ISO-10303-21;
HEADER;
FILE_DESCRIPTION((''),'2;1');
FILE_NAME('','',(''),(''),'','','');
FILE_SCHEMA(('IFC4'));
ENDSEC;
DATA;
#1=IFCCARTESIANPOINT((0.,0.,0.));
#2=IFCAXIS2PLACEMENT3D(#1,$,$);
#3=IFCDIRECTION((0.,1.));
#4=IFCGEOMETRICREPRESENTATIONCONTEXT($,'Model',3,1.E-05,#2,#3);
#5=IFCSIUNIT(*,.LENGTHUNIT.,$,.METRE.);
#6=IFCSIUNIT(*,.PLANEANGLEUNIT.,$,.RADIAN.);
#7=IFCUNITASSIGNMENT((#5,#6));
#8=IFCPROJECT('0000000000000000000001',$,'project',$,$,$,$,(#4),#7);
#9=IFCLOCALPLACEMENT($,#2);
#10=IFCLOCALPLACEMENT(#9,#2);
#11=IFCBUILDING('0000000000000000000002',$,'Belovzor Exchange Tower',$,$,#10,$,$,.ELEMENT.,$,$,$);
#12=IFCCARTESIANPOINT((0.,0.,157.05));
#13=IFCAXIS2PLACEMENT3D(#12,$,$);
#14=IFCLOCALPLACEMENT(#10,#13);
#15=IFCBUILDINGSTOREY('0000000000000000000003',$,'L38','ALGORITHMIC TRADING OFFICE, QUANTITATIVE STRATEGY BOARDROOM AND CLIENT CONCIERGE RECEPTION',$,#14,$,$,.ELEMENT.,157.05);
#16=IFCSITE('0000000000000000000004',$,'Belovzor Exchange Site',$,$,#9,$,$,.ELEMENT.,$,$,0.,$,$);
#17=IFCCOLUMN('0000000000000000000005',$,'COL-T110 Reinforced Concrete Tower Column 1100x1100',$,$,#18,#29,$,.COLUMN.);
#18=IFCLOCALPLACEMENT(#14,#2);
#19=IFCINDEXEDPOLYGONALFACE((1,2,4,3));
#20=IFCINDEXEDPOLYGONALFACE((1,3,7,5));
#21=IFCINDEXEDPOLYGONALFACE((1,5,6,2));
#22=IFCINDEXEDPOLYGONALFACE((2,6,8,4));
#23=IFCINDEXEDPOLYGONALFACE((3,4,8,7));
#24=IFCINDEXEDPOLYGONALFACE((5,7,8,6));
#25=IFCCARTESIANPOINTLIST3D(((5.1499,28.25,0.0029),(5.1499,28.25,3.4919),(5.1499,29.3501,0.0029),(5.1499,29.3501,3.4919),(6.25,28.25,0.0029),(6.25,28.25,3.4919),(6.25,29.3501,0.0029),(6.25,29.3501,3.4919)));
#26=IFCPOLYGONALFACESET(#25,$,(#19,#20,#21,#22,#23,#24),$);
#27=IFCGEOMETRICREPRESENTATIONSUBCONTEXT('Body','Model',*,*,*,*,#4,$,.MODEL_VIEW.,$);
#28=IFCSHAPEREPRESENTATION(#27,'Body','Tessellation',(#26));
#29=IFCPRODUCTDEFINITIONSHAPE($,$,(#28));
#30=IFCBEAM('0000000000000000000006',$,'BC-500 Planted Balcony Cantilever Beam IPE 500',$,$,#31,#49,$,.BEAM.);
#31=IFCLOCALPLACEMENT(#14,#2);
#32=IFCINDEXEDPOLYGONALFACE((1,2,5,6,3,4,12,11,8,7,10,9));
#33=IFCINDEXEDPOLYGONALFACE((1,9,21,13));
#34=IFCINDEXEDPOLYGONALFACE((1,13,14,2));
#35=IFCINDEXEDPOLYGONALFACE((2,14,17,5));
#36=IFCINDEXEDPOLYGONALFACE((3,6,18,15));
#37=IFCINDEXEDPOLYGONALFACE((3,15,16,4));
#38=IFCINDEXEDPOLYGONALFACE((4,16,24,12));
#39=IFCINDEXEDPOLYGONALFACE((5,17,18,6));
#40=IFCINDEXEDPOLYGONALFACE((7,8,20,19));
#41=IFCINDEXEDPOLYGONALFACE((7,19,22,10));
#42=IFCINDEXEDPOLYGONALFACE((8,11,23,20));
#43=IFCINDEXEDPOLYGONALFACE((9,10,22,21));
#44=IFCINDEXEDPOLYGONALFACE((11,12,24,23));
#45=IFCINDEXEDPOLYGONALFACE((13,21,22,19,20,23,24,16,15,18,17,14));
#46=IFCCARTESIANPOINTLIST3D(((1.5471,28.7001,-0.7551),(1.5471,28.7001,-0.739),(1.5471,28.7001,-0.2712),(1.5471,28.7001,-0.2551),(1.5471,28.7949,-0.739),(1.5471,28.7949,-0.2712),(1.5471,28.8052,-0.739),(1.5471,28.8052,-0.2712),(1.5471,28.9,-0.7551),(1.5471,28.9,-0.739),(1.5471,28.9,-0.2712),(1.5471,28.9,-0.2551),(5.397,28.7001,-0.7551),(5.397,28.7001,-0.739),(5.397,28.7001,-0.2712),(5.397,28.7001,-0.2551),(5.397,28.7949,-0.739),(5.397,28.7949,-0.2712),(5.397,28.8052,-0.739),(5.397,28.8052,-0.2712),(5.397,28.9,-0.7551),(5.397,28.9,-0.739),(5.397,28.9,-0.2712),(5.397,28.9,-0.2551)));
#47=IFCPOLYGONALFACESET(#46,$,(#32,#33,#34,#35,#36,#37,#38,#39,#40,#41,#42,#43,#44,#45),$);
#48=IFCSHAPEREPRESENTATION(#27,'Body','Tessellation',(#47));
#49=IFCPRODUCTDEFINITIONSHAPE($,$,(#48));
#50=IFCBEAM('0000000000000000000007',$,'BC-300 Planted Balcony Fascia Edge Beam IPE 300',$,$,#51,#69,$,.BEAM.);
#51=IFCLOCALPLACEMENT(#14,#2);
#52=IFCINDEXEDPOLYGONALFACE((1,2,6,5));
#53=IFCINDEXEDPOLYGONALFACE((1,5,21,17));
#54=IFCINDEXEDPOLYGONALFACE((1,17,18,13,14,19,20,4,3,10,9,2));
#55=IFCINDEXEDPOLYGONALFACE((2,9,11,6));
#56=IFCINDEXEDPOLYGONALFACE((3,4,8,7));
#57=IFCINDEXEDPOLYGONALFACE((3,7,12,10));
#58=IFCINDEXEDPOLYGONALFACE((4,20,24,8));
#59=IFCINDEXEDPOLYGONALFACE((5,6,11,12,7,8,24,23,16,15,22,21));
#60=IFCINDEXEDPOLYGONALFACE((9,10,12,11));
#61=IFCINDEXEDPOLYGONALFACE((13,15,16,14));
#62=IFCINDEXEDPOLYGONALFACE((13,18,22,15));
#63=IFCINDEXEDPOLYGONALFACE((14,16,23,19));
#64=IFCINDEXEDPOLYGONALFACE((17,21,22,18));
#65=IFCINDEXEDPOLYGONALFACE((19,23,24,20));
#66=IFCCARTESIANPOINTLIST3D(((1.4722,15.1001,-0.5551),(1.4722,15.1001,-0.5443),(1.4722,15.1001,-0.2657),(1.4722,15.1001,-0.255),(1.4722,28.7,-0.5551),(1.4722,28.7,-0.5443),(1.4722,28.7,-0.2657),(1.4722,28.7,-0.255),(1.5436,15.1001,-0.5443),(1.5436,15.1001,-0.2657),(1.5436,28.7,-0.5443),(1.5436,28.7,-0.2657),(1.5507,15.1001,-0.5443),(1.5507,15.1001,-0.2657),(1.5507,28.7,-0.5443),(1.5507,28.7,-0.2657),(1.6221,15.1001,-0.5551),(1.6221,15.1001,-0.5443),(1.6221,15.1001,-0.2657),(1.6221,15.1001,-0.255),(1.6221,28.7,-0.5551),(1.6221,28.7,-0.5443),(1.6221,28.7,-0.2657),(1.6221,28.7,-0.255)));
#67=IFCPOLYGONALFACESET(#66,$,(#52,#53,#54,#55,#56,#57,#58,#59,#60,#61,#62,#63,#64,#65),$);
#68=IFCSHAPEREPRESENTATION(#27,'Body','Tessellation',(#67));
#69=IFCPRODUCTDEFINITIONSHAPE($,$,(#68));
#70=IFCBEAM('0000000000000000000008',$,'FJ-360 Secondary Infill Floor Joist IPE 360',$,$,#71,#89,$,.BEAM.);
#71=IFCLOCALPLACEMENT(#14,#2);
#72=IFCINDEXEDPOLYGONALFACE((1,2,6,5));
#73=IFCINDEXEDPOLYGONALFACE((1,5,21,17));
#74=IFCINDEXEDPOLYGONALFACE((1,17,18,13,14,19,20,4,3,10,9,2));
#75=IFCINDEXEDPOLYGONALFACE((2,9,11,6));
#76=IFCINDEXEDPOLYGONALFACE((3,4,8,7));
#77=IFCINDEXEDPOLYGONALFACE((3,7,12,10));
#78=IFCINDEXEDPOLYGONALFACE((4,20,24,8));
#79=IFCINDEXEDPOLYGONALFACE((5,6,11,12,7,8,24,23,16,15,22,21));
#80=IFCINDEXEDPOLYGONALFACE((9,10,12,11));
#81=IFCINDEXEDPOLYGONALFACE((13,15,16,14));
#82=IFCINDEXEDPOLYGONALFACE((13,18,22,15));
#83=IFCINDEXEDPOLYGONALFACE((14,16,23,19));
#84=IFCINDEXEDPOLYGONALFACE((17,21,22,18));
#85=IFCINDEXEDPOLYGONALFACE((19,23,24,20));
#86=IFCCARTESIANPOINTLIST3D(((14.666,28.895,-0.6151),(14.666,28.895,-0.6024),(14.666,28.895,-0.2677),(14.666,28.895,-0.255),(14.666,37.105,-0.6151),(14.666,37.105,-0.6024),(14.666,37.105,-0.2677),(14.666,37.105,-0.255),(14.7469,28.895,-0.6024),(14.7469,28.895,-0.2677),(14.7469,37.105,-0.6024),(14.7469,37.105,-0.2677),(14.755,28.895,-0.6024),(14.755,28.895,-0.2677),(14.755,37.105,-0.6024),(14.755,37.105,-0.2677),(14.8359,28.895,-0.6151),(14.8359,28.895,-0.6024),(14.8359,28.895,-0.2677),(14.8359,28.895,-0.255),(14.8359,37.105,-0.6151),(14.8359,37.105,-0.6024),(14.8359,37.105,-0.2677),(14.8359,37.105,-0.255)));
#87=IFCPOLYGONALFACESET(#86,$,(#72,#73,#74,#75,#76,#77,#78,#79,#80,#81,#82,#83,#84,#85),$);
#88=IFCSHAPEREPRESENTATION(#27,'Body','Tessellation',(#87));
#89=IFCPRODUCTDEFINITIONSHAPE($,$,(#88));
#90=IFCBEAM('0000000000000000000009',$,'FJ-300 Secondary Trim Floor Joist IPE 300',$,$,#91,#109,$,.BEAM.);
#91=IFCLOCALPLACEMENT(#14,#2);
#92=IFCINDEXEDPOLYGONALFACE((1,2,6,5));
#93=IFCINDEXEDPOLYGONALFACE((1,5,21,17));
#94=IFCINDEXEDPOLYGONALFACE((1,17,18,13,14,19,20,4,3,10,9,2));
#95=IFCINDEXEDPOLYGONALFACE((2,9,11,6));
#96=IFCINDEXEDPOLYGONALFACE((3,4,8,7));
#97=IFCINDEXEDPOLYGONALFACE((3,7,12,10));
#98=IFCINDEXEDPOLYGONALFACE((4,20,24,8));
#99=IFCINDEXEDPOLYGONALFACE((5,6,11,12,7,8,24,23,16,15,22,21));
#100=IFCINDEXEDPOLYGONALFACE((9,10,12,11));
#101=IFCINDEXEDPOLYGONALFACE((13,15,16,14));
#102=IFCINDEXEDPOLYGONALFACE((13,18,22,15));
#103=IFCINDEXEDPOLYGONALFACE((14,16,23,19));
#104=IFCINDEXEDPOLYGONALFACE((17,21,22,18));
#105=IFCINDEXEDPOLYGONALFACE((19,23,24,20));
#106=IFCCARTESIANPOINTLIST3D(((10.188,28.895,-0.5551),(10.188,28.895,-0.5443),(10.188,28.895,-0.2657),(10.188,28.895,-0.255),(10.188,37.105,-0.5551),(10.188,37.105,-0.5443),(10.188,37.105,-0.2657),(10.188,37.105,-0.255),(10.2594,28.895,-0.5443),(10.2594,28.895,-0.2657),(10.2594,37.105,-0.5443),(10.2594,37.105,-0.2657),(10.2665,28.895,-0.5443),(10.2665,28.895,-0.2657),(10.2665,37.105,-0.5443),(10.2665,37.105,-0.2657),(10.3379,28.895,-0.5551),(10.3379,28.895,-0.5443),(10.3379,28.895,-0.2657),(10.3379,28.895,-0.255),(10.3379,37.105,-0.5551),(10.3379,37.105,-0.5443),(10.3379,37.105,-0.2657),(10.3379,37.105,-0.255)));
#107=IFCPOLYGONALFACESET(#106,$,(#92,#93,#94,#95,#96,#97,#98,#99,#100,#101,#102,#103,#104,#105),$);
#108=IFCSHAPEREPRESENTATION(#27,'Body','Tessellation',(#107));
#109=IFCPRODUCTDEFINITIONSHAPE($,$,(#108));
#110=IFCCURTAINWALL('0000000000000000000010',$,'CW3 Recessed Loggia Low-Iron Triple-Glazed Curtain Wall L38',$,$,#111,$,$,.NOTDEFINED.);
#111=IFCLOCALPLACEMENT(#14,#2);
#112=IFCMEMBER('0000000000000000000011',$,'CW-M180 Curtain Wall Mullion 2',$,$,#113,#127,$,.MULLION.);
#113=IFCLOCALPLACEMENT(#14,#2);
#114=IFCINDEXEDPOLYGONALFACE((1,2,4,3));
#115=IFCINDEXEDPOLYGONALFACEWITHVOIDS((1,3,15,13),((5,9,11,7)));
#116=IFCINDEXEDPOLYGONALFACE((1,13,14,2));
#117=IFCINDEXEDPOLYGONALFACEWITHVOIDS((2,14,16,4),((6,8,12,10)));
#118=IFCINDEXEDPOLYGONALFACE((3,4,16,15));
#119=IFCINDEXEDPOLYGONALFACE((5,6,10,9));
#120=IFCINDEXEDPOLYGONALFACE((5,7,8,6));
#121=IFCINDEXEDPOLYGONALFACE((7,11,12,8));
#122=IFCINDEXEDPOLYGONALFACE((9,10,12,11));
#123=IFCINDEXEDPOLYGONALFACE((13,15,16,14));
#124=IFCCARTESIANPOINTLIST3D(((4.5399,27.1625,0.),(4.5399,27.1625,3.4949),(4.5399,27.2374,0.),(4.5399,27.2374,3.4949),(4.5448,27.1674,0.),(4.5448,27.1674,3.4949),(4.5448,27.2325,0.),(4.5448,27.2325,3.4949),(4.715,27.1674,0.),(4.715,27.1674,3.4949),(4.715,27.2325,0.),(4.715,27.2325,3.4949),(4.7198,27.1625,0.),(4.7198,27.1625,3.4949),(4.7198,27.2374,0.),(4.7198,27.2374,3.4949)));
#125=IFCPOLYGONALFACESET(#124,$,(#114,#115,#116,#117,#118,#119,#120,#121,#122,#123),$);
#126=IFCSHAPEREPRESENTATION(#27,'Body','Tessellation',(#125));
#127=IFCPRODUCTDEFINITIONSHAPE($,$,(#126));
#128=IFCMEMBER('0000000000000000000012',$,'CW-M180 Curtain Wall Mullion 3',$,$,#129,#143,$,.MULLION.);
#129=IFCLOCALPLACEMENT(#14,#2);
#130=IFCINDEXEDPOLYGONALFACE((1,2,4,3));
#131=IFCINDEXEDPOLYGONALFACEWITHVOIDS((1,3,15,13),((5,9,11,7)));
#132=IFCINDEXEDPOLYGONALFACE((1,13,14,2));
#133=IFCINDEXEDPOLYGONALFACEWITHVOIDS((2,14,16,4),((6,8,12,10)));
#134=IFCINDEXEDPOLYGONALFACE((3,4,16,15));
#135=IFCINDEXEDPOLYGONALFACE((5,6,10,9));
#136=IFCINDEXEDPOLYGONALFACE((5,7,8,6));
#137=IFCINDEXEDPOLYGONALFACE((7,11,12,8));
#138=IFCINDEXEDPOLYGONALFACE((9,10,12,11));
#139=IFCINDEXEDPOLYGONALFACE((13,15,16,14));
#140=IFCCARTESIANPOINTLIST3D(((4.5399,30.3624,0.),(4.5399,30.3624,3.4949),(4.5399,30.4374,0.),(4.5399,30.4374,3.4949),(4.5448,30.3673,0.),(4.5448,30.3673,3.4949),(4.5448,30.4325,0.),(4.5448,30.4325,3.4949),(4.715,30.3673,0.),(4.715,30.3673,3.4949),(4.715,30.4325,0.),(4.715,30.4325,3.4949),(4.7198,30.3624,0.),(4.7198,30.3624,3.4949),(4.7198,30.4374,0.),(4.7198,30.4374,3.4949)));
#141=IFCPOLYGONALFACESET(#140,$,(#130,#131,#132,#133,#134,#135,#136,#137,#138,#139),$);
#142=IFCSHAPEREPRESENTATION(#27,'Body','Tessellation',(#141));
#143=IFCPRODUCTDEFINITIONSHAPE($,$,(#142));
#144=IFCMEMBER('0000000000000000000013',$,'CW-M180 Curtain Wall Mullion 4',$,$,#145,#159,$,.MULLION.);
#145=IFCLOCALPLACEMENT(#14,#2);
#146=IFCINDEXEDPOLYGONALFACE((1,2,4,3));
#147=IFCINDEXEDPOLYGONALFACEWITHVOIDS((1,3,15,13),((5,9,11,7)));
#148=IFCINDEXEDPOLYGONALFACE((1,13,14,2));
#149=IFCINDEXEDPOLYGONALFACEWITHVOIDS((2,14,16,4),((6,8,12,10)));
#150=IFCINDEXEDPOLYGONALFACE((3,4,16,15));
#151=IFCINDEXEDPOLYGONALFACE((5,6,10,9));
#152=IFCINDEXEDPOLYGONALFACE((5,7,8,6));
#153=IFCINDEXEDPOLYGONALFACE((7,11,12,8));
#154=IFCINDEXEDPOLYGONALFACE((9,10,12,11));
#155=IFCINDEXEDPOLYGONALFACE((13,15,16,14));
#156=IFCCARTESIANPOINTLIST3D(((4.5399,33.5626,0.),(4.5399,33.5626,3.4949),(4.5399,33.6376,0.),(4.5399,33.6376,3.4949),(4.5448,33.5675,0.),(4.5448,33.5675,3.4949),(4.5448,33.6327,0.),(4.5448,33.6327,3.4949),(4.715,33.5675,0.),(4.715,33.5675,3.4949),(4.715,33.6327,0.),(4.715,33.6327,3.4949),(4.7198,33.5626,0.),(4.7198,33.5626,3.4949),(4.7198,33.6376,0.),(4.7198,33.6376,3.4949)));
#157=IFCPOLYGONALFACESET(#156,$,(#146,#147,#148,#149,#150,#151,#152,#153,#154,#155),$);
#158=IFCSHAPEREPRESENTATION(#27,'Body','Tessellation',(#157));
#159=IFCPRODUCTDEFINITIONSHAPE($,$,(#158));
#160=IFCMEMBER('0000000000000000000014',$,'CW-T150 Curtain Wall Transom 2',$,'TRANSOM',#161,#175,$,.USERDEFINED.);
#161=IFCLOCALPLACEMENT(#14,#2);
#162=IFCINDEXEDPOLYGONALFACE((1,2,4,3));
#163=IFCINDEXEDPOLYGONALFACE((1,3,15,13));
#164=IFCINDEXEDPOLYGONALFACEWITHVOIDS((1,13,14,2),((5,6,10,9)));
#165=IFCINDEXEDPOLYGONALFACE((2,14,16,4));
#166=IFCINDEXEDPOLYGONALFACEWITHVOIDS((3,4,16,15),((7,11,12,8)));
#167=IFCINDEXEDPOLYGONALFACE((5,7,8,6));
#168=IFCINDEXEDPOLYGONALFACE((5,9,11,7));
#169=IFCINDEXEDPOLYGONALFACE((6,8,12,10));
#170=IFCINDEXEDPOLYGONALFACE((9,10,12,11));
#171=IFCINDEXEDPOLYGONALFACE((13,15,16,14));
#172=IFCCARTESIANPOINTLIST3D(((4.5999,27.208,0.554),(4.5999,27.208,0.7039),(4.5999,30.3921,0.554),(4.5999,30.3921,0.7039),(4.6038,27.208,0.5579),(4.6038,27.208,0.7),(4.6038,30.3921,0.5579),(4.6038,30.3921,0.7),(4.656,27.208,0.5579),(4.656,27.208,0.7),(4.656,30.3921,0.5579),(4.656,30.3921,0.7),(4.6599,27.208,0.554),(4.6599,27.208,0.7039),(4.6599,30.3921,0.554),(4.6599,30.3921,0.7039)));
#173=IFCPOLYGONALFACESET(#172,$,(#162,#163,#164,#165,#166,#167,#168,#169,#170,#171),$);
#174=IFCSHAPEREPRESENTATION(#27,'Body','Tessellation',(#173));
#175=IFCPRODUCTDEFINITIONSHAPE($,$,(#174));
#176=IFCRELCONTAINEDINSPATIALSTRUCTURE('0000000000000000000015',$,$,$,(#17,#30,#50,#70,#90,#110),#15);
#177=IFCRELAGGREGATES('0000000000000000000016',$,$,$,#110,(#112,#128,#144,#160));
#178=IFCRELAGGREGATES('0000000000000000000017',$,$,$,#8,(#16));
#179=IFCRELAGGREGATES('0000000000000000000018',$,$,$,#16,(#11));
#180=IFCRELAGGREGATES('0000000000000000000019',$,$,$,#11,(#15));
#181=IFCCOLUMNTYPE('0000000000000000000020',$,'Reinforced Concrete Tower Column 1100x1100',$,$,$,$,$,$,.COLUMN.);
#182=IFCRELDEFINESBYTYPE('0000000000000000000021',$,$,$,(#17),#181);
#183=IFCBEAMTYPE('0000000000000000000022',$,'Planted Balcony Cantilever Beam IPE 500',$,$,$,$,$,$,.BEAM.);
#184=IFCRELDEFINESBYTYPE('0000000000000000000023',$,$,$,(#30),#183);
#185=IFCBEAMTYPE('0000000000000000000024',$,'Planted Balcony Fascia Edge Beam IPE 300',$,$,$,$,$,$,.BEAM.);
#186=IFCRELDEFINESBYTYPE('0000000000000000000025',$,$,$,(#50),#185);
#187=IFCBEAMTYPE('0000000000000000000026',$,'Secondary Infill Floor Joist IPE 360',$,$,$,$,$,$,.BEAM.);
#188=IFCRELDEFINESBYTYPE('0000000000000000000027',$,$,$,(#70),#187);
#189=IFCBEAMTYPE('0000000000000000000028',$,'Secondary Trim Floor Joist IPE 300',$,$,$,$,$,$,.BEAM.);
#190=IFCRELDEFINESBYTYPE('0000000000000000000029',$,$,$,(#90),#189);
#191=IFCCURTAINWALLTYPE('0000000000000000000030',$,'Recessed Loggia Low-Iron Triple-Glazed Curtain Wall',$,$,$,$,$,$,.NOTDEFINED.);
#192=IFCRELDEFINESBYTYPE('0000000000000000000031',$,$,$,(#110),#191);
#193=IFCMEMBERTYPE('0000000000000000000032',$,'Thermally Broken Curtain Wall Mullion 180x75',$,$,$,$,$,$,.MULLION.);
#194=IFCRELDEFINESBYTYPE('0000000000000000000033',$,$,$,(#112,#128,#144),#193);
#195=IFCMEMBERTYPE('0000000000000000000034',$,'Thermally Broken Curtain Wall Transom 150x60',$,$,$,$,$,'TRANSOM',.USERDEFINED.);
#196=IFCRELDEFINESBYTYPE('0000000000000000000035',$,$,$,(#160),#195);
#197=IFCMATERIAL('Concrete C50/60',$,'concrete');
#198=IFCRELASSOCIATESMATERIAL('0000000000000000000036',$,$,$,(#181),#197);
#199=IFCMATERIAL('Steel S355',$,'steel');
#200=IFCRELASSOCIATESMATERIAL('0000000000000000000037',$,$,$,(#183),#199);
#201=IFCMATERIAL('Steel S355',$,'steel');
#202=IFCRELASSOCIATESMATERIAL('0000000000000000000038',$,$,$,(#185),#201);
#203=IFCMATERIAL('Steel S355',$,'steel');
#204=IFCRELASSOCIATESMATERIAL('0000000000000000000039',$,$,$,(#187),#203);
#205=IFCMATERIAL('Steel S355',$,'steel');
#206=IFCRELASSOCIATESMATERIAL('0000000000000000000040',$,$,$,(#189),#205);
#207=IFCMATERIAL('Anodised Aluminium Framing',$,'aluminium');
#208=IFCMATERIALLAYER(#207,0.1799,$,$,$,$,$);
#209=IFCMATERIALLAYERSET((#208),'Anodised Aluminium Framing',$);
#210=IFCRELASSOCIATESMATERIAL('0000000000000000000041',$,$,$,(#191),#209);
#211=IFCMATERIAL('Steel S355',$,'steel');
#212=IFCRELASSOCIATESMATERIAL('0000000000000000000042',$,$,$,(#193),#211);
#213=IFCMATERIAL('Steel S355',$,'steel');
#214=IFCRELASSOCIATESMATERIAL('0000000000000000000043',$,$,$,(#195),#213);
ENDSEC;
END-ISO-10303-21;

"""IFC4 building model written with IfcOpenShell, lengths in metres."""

from ifc_helpers import new_model, si_unit, direction, frame, origin, origin_2d, place, context, subcontext, project, spatial, rectangle, hollow_rectangle, i_section, extrude, material, layer, layer_set, material_profile, profile_set, type_object, element, aggregate, save


model = new_model("IFC4")

# Units and contexts
model_context = context("Model", 3, precision=1e-05, world=origin(), true_north=direction((0.0, 1.0)))
body_context = subcontext(model_context, "Body", "Model", "MODEL_VIEW")
ifc_project = project(units=[si_unit("LENGTHUNIT", "METRE"), si_unit("PLANEANGLEUNIT", "RADIAN")], contexts=[model_context])

# Site, building, storey
site_placement = place(None, origin())
site = spatial("IfcSite", under=ifc_project, at=site_placement, Name="Belovzor Exchange Site", CompositionType="ELEMENT", RefElevation=0.0)
building_placement = place(site_placement, origin())
building = spatial("IfcBuilding", under=site, at=building_placement, Name="Belovzor Exchange Tower", CompositionType="ELEMENT")
storey_placement = place(building_placement, frame((0.0, 0.0, 157.05)))
storey = spatial("IfcBuildingStorey", under=building, at=storey_placement, Name="L38", Description="ALGORITHMIC TRADING OFFICE, QUANTITATIVE STRATEGY BOARDROOM AND CLIENT CONCIERGE RECEPTION", CompositionType="ELEMENT", Elevation=157.05)

# Column
ifc_material_1 = material(Name="Concrete C50/60", Category="concrete")
ifc_material_profile_1 = material_profile(ifc_material_1, rectangle(XDim=1.1001, YDim=1.1001, at=origin_2d()))
ifc_profile_set_1 = profile_set([ifc_material_profile_1], Name="Concrete C50/60")
column_type = type_object("IfcColumnType", Name="Reinforced Concrete Tower Column 1100x1100", PredefinedType="COLUMN", material=ifc_profile_set_1)
column_placement = place(storey_placement, frame((5.7, 28.8, 0.0029), z_axis=(0.0, 0.0, 1.0), x_axis=(1.0, 0.0, 0.0)))
element("IfcColumn", 1, at=column_placement, inside=storey, type_object=column_type, Name="COL-T110 Reinforced Concrete Tower Column 1100x1100", PredefinedType="COLUMN", context=body_context, shape_type="SweptSolid", body=[
    extrude(rectangle(XDim=1.1001, YDim=1.1001, at=origin_2d()), origin(), (0.0, 0.0, 1.0), 3.489),
])

# Beams
ifc_material_2 = material(Name="Steel S355", Category="steel")
ifc_material_profile_2 = material_profile(ifc_material_2, i_section(OverallWidth=0.2, OverallDepth=0.5, WebThickness=0.0103, FlangeThickness=0.0161, at=origin_2d()))
ifc_profile_set_2 = profile_set([ifc_material_profile_2], Name="Steel S355")
beam_type_1 = type_object("IfcBeamType", Name="Planted Balcony Cantilever Beam IPE 500", PredefinedType="BEAM", material=ifc_profile_set_2)
beam_1_placement = place(storey_placement, frame((5.397, 28.8, -0.5051), z_axis=(-1.0, 0.0, 0.0), x_axis=(0.0, -1.0, 0.0)))
element("IfcBeam", 2, at=beam_1_placement, inside=storey, type_object=beam_type_1, Name="BC-500 Planted Balcony Cantilever Beam IPE 500", PredefinedType="BEAM", context=body_context, shape_type="SweptSolid", body=[
    extrude(i_section(OverallWidth=0.2, OverallDepth=0.5, WebThickness=0.0103, FlangeThickness=0.0161, at=origin_2d()), origin(), (0.0, 0.0, 1.0), 3.8499),
])
ifc_material_3 = material(Name="Steel S355", Category="steel")
ifc_material_profile_3 = material_profile(ifc_material_3, i_section(OverallWidth=0.1499, OverallDepth=0.3, WebThickness=0.0071, FlangeThickness=0.0107, at=origin_2d()))
ifc_profile_set_3 = profile_set([ifc_material_profile_3], Name="Steel S355")
beam_type_2 = type_object("IfcBeamType", Name="Planted Balcony Fascia Edge Beam IPE 300", PredefinedType="BEAM", material=ifc_profile_set_3)
beam_2_placement = place(storey_placement, frame((1.5471, 28.7, -0.405), z_axis=(0.0, -1.0, 0.0), x_axis=(1.0, 0.0, 0.0)))
element("IfcBeam", 3, at=beam_2_placement, inside=storey, type_object=beam_type_2, Name="BC-300 Planted Balcony Fascia Edge Beam IPE 300", PredefinedType="BEAM", context=body_context, shape_type="SweptSolid", body=[
    extrude(i_section(OverallWidth=0.1499, OverallDepth=0.3, WebThickness=0.0071, FlangeThickness=0.0107, at=origin_2d()), origin(), (0.0, 0.0, 1.0), 13.5999),
])
ifc_material_4 = material(Name="Steel S355", Category="steel")
ifc_material_profile_4 = material_profile(ifc_material_4, i_section(OverallWidth=0.1699, OverallDepth=0.3601, WebThickness=0.0081, FlangeThickness=0.0127, at=origin_2d()))
ifc_profile_set_4 = profile_set([ifc_material_profile_4], Name="Steel S355")
beam_type_3 = type_object("IfcBeamType", Name="Secondary Infill Floor Joist IPE 360", PredefinedType="BEAM", material=ifc_profile_set_4)
beam_3_placement = place(storey_placement, frame((14.751, 28.895, -0.4351), z_axis=(0.0, 1.0, 0.0), x_axis=(-1.0, 0.0, 0.0)))
element("IfcBeam", 4, at=beam_3_placement, inside=storey, type_object=beam_type_3, Name="FJ-360 Secondary Infill Floor Joist IPE 360", PredefinedType="BEAM", context=body_context, shape_type="SweptSolid", body=[
    extrude(i_section(OverallWidth=0.1699, OverallDepth=0.3601, WebThickness=0.0081, FlangeThickness=0.0127, at=origin_2d()), origin(), (0.0, 0.0, 1.0), 8.21),
])
ifc_material_5 = material(Name="Steel S355", Category="steel")
ifc_material_profile_5 = material_profile(ifc_material_5, i_section(OverallWidth=0.1499, OverallDepth=0.3, WebThickness=0.0071, FlangeThickness=0.0107, at=origin_2d()))
ifc_profile_set_5 = profile_set([ifc_material_profile_5], Name="Steel S355")
beam_type_4 = type_object("IfcBeamType", Name="Secondary Trim Floor Joist IPE 300", PredefinedType="BEAM", material=ifc_profile_set_5)
beam_4_placement = place(storey_placement, frame((10.2629, 28.895, -0.405), z_axis=(0.0, 1.0, 0.0), x_axis=(-1.0, 0.0, 0.0)))
element("IfcBeam", 5, at=beam_4_placement, inside=storey, type_object=beam_type_4, Name="FJ-300 Secondary Trim Floor Joist IPE 300", PredefinedType="BEAM", context=body_context, shape_type="SweptSolid", body=[
    extrude(i_section(OverallWidth=0.1499, OverallDepth=0.3, WebThickness=0.0071, FlangeThickness=0.0107, at=origin_2d()), origin(), (0.0, 0.0, 1.0), 8.21),
])

# Curtain wall, members
ifc_material_6 = material(Name="Anodised Aluminium Framing", Category="aluminium")
ifc_layer_1 = layer(ifc_material_6, 0.1799)
ifc_layer_set_1 = layer_set([ifc_layer_1], Name="Anodised Aluminium Framing")
curtain_wall_type = type_object("IfcCurtainWallType", Name="Recessed Loggia Low-Iron Triple-Glazed Curtain Wall", PredefinedType="NOTDEFINED", material=ifc_layer_set_1)
curtain_wall_placement = place(storey_placement, origin())
curtain_wall = element("IfcCurtainWall", 6, at=curtain_wall_placement, inside=storey, type_object=curtain_wall_type, Name="CW3 Recessed Loggia Low-Iron Triple-Glazed Curtain Wall L38", PredefinedType="NOTDEFINED")
ifc_material_7 = material(Name="Steel S355", Category="steel")
ifc_material_profile_6 = material_profile(ifc_material_7, hollow_rectangle(XDim=0.075, YDim=0.1799, WallThickness=0.0049, at=origin_2d()))
ifc_profile_set_6 = profile_set([ifc_material_profile_6], Name="Steel S355")
member_type_1 = type_object("IfcMemberType", Name="Thermally Broken Curtain Wall Mullion 180x75", PredefinedType="MULLION", material=ifc_profile_set_6)
member_1_placement = place(storey_placement, frame((4.6299, 27.2, 0.0), z_axis=(0.0, 0.0, 1.0), x_axis=(0.0, 1.0, 0.0)))
member_1 = element("IfcMember", 7, at=member_1_placement, type_object=member_type_1, Name="CW-M180 Curtain Wall Mullion 2", PredefinedType="MULLION", context=body_context, shape_type="SweptSolid", body=[
    extrude(hollow_rectangle(XDim=0.075, YDim=0.1799, WallThickness=0.0049, at=origin_2d()), origin(), (0.0, 0.0, 1.0), 3.4949),
])
member_2_placement = place(storey_placement, frame((4.6299, 30.3999, 0.0), z_axis=(0.0, 0.0, 1.0), x_axis=(0.0, 1.0, 0.0)))
member_2 = element("IfcMember", 8, at=member_2_placement, type_object=member_type_1, Name="CW-M180 Curtain Wall Mullion 3", PredefinedType="MULLION", context=body_context, shape_type="SweptSolid", body=[
    extrude(hollow_rectangle(XDim=0.075, YDim=0.1799, WallThickness=0.0049, at=origin_2d()), origin(), (0.0, 0.0, 1.0), 3.4949),
])
member_3_placement = place(storey_placement, frame((4.6299, 33.6001, 0.0), z_axis=(0.0, 0.0, 1.0), x_axis=(0.0, 1.0, 0.0)))
member_3 = element("IfcMember", 9, at=member_3_placement, type_object=member_type_1, Name="CW-M180 Curtain Wall Mullion 4", PredefinedType="MULLION", context=body_context, shape_type="SweptSolid", body=[
    extrude(hollow_rectangle(XDim=0.075, YDim=0.1799, WallThickness=0.0049, at=origin_2d()), origin(), (0.0, 0.0, 1.0), 3.4949),
])
ifc_material_8 = material(Name="Steel S355", Category="steel")
ifc_material_profile_7 = material_profile(ifc_material_8, hollow_rectangle(XDim=0.0601, YDim=0.1499, WallThickness=0.0039, at=origin_2d()))
ifc_profile_set_7 = profile_set([ifc_material_profile_7], Name="Steel S355")
member_type_2 = type_object("IfcMemberType", Name="Thermally Broken Curtain Wall Transom 150x60", ElementType="TRANSOM", PredefinedType="USERDEFINED", material=ifc_profile_set_7)
member_4_placement = place(storey_placement, frame((4.6299, 27.208, 0.6289), z_axis=(0.0, 1.0, 0.0), x_axis=(-1.0, 0.0, 0.0)))
member_4 = element("IfcMember", 10, at=member_4_placement, type_object=member_type_2, Name="CW-T150 Curtain Wall Transom 2", ObjectType="TRANSOM", PredefinedType="USERDEFINED", context=body_context, shape_type="SweptSolid", body=[
    extrude(hollow_rectangle(XDim=0.0601, YDim=0.1499, WallThickness=0.0039, at=origin_2d()), origin(), (0.0, 0.0, 1.0), 3.1841),
])

aggregate(curtain_wall, [member_1, member_2, member_3, member_4])

save(model, "model.ifc")
